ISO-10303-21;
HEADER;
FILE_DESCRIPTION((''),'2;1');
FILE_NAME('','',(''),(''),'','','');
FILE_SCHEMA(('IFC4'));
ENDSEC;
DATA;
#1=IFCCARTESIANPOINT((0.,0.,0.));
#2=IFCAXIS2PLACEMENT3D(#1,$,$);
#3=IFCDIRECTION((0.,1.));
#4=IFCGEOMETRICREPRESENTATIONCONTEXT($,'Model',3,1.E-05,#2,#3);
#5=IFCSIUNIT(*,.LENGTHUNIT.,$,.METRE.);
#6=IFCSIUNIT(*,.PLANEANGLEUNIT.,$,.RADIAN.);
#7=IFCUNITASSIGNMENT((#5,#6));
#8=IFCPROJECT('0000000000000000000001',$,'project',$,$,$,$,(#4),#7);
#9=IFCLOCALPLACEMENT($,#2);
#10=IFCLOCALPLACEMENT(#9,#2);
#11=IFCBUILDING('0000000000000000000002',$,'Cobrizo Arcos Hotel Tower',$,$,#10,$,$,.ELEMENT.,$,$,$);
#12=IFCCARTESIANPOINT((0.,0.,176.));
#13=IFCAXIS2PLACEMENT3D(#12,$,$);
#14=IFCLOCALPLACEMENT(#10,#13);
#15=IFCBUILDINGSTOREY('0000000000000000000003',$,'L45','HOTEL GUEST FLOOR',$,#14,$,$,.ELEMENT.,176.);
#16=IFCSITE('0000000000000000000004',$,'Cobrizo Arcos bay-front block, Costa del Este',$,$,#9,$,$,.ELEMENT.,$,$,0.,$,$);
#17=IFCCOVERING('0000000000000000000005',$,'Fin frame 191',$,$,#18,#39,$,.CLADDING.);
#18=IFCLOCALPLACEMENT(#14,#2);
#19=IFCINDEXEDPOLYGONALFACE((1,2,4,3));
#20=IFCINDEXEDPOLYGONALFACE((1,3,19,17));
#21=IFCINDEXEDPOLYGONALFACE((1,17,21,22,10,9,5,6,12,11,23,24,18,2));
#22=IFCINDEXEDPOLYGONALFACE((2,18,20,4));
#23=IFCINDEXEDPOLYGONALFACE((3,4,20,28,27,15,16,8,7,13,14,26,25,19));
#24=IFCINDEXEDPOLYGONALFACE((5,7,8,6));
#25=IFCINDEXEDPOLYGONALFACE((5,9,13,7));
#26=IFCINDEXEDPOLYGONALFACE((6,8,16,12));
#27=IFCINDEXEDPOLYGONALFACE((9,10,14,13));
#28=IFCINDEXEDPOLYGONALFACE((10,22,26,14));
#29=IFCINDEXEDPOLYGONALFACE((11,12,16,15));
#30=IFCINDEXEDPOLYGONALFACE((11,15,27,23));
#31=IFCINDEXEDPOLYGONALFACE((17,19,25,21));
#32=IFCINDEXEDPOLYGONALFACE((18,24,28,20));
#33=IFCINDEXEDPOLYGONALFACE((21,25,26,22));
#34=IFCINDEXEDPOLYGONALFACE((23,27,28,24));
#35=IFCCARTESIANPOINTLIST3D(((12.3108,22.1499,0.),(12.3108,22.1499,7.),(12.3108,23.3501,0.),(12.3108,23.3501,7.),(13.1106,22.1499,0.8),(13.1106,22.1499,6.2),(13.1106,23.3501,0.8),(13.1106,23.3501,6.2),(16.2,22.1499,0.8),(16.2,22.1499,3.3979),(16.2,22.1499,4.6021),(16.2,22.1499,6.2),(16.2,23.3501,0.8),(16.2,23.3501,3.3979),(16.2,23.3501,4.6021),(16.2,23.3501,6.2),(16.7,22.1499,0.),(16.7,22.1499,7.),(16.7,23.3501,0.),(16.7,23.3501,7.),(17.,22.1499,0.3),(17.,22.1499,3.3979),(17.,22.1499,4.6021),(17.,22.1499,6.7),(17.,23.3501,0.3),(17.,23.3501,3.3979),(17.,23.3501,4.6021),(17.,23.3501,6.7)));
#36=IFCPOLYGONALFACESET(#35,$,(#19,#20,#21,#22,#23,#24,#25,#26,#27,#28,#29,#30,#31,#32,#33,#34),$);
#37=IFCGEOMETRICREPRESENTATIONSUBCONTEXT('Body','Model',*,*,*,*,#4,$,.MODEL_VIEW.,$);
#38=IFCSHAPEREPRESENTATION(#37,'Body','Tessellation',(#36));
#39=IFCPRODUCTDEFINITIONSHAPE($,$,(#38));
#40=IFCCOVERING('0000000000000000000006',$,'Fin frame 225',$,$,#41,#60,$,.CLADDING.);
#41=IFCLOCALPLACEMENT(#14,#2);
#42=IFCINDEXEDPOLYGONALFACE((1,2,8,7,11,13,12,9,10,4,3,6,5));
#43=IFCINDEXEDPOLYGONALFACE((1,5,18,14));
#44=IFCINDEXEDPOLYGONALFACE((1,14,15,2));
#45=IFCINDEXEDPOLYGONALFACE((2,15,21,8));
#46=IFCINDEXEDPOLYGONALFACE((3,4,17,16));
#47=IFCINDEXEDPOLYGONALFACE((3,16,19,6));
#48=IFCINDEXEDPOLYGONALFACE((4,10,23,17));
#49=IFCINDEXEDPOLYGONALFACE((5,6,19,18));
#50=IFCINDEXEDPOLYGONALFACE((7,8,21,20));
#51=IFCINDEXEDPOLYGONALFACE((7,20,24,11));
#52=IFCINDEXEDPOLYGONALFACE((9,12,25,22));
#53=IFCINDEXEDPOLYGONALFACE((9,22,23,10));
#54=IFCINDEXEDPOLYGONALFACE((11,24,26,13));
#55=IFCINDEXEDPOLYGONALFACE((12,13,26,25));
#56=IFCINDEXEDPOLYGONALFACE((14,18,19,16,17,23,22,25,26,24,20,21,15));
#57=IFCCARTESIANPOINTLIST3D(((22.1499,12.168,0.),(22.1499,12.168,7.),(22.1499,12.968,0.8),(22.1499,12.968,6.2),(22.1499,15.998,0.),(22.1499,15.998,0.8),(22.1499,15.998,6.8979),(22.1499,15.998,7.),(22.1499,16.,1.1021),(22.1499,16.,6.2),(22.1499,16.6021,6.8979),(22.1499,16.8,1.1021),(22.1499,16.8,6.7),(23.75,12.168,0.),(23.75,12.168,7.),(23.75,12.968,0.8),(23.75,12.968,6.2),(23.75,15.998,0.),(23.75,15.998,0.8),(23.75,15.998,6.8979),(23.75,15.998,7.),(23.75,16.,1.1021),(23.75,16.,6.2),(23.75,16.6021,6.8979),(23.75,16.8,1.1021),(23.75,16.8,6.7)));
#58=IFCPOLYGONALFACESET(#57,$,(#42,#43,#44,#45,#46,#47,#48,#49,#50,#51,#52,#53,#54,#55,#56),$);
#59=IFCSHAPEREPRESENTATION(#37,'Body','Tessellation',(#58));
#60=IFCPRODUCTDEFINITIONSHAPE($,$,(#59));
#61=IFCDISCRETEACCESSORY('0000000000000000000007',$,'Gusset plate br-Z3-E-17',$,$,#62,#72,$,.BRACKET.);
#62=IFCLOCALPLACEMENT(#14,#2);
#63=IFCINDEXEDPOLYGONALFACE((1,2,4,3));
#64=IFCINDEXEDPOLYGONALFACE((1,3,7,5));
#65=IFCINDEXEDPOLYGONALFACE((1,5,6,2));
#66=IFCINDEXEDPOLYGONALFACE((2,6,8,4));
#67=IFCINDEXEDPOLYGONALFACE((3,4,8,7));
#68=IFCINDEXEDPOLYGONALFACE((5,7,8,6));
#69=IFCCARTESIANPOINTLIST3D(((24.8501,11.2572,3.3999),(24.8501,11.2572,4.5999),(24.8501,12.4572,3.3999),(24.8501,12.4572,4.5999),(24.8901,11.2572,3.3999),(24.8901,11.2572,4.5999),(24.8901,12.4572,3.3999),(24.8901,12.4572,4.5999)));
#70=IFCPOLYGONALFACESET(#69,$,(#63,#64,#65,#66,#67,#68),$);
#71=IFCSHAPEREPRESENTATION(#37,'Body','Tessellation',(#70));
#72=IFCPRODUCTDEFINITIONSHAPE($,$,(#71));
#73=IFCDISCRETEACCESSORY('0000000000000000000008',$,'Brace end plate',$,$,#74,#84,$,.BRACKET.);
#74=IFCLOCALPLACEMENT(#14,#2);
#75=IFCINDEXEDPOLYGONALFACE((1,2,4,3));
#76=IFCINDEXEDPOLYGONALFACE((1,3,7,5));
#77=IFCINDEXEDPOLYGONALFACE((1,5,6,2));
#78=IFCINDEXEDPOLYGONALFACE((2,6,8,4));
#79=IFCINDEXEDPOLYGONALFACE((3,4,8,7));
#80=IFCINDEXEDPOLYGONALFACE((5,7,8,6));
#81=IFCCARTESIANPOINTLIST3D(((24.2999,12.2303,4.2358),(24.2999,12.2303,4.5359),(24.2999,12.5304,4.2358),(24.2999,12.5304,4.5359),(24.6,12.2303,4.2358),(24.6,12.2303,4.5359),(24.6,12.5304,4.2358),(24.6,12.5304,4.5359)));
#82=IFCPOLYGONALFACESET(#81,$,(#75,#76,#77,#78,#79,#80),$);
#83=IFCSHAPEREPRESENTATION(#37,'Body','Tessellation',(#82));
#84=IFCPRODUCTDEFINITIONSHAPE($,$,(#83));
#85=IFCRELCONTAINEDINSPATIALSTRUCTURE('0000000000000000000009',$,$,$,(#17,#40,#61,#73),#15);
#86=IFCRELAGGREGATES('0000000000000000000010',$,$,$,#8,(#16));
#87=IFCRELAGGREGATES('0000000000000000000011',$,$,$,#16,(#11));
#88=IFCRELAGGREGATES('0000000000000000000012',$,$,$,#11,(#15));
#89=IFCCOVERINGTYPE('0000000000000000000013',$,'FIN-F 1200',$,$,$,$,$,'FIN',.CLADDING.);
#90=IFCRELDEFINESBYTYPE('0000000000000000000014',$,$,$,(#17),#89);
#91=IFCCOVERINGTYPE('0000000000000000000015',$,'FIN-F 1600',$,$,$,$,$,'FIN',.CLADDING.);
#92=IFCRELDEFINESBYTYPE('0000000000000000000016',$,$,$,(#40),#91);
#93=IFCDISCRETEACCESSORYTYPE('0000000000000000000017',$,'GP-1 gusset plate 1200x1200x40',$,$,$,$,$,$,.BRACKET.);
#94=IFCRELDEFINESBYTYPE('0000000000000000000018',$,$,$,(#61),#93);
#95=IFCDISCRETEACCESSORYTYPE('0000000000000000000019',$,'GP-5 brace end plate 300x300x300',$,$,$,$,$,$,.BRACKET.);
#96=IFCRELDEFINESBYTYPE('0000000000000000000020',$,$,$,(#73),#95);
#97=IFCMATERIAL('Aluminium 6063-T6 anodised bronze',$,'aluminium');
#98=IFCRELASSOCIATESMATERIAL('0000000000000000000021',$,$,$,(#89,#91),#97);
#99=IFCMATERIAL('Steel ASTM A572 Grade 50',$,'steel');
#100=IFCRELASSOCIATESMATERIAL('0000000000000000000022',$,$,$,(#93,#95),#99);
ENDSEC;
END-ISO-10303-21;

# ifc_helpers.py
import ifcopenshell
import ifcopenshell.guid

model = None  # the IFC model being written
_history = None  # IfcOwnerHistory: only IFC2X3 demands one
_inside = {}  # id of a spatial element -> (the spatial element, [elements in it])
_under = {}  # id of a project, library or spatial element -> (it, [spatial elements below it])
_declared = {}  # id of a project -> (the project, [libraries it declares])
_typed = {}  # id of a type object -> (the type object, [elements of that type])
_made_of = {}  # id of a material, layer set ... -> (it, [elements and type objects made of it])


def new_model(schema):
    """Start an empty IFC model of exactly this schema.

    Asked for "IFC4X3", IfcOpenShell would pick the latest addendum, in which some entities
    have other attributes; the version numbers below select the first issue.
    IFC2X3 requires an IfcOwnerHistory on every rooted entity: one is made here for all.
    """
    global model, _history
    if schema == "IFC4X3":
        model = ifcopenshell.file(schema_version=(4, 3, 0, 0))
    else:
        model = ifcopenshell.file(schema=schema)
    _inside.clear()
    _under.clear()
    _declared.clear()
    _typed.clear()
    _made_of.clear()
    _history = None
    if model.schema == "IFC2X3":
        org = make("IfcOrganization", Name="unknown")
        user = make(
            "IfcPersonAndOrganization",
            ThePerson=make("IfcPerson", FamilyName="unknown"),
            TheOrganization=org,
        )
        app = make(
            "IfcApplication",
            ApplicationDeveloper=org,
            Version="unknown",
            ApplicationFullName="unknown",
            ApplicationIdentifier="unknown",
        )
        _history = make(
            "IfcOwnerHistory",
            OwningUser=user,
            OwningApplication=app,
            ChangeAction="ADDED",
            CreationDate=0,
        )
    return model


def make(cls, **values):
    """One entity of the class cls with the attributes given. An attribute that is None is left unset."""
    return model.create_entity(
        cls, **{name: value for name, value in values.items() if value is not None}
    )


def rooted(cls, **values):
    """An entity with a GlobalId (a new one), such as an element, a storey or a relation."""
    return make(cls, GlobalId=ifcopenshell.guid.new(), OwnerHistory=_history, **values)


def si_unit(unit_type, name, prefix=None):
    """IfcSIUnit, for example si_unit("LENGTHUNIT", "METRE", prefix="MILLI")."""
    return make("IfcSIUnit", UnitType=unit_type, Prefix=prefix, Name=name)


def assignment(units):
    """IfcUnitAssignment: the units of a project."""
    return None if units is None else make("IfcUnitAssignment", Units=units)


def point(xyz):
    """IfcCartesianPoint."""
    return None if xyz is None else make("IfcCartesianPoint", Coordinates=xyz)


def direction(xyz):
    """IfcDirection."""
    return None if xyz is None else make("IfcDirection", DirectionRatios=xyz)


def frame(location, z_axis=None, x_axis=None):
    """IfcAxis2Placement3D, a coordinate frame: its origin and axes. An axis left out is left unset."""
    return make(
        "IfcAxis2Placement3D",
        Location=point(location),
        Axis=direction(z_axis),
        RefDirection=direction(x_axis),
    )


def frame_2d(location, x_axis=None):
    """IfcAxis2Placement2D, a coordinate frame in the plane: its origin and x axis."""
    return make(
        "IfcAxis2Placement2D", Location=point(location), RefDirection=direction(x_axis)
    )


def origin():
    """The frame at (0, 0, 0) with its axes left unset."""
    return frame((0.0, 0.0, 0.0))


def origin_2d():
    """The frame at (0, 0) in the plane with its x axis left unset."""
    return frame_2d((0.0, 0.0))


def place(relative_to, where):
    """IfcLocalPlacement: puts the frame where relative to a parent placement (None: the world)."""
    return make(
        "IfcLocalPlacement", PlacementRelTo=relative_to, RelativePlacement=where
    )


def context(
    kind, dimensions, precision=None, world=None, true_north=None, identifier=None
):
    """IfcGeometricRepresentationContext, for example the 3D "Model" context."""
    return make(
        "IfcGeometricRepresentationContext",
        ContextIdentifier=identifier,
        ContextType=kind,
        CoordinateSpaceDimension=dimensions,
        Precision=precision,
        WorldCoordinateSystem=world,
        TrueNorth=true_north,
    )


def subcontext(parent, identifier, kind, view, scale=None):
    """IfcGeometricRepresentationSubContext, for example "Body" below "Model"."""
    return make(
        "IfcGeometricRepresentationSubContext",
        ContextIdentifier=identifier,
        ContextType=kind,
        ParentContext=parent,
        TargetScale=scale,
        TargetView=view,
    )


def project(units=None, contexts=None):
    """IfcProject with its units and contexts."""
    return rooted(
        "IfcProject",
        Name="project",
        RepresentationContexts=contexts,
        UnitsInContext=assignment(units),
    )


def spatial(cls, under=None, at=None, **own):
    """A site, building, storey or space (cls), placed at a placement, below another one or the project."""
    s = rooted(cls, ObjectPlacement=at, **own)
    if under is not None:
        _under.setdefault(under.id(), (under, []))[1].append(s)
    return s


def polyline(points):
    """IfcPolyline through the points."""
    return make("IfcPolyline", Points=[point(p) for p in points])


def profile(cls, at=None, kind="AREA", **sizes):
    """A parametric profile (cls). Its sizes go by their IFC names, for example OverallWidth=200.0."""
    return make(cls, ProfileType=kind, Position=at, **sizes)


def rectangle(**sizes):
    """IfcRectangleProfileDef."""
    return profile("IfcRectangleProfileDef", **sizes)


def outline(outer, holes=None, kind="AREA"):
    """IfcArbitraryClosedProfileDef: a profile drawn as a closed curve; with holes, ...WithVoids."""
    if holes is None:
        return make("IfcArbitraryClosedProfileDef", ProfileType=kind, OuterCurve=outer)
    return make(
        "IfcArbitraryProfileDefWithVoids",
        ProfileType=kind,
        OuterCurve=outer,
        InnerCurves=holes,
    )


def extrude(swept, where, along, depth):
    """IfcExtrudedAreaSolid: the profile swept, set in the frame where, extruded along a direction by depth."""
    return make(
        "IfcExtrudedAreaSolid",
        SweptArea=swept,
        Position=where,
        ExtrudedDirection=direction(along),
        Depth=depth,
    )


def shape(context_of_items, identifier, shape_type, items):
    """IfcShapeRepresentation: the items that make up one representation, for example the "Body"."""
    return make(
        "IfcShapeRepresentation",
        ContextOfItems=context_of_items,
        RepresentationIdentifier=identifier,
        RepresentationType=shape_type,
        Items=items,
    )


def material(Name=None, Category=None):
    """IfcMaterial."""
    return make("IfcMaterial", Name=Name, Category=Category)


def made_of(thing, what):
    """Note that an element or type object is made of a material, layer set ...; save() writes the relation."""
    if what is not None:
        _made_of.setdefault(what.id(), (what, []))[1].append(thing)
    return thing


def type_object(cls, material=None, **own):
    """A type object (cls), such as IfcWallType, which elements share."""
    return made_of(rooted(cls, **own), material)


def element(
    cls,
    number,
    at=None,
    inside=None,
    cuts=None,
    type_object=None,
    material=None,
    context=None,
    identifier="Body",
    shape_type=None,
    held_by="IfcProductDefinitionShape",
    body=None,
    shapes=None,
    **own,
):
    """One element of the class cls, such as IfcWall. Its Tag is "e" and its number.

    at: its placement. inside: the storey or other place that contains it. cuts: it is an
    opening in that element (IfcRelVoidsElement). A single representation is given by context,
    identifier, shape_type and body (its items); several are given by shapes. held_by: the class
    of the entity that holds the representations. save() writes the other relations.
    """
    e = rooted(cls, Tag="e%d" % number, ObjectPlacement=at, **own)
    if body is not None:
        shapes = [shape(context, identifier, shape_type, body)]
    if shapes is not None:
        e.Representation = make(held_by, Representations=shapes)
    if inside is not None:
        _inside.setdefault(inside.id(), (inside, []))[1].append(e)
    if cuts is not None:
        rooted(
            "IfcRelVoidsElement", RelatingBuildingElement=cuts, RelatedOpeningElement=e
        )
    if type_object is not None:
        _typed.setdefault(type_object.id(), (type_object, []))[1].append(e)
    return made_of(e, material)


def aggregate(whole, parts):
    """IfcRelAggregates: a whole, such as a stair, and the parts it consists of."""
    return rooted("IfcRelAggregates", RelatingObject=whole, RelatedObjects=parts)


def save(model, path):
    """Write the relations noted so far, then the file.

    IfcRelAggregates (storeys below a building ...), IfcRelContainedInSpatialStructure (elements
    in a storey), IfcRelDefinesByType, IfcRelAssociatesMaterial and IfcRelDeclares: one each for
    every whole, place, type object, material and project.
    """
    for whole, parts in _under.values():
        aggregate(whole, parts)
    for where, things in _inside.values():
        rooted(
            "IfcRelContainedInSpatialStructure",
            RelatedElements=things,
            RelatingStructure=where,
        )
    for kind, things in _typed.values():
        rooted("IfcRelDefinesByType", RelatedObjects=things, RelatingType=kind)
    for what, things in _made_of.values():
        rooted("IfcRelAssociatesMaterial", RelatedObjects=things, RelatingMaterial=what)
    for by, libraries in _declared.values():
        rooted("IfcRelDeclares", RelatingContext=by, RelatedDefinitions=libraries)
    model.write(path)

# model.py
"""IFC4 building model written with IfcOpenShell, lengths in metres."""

from ifc_helpers import new_model, si_unit, direction, frame, origin, origin_2d, place, context, subcontext, project, spatial, polyline, rectangle, outline, extrude, material, type_object, element, save


model = new_model("IFC4")

# Units and contexts
model_context = context("Model", 3, precision=1e-05, world=origin(), true_north=direction((0.0, 1.0)))
body_context = subcontext(model_context, "Body", "Model", "MODEL_VIEW")
ifc_project = project(units=[si_unit("LENGTHUNIT", "METRE"), si_unit("PLANEANGLEUNIT", "RADIAN")], contexts=[model_context])

# Site, building, storey
site_placement = place(None, origin())
site = spatial("IfcSite", under=ifc_project, at=site_placement, Name="Cobrizo Arcos bay-front block, Costa del Este", CompositionType="ELEMENT", RefElevation=0.0)
building_placement = place(site_placement, origin())
building = spatial("IfcBuilding", under=site, at=building_placement, Name="Cobrizo Arcos Hotel Tower", CompositionType="ELEMENT")
storey_placement = place(building_placement, frame((0.0, 0.0, 176.0)))
storey = spatial("IfcBuildingStorey", under=building, at=storey_placement, Name="L45", Description="HOTEL GUEST FLOOR", CompositionType="ELEMENT", Elevation=176.0)

# Shared definitions
ifc_material_1 = material(Name="Steel ASTM A572 Grade 50", Category="steel")

# Shared definitions
ifc_material_2 = material(Name="Aluminium 6063-T6 anodised bronze", Category="aluminium")

# Coverings
covering_type_1 = type_object("IfcCoveringType", Name="FIN-F 1200", ElementType="FIN", PredefinedType="CLADDING", material=ifc_material_2)
covering_1_placement = place(storey_placement, frame((17.0, 22.1499, 0.0), z_axis=(0.0, 1.0, 0.0), x_axis=(-1.0, 0.0, 0.0)))
element("IfcCovering", 1, at=covering_1_placement, inside=storey, type_object=covering_type_1, Name="Fin frame 191", PredefinedType="CLADDING", context=body_context, shape_type="SweptSolid", body=[
    extrude(outline(polyline([(0.0, 6.7), (0.0, 4.6021), (0.8, 4.6021), (0.8, 6.2), (3.8894, 6.2), (3.8894, 0.8), (0.8, 0.8), (0.8, 3.3979), (0.0, 3.3979), (0.0, 0.3), (0.3, 0.0), (4.6892, 0.0), (4.6892, 7.0), (0.3, 7.0), (0.0, 6.7)])), origin(), (0.0, 0.0, 1.0), 1.2002),
])
covering_type_2 = type_object("IfcCoveringType", Name="FIN-F 1600", ElementType="FIN", PredefinedType="CLADDING", material=ifc_material_2)
covering_2_placement = place(storey_placement, frame((22.1499, 12.168, 0.0), z_axis=(1.0, 0.0, 0.0), x_axis=(0.0, 1.0, 0.0)))
element("IfcCovering", 2, at=covering_2_placement, inside=storey, type_object=covering_type_2, Name="Fin frame 225", PredefinedType="CLADDING", context=body_context, shape_type="SweptSolid", body=[
    extrude(outline(polyline([(0.0, 0.0), (3.8301, 0.0), (3.8301, 0.8), (0.8, 0.8), (0.8, 6.2), (3.832, 6.2), (3.832, 1.1021), (4.6321, 1.1021), (4.6321, 6.7), (4.4341, 6.8979), (3.8301, 6.8979), (3.8301, 7.0), (0.0, 7.0), (0.0, 0.0)])), origin(), (0.0, 0.0, 1.0), 1.6001),
])

# Discrete accessories
discrete_accessory_type_1 = type_object("IfcDiscreteAccessoryType", Name="GP-1 gusset plate 1200x1200x40", PredefinedType="BRACKET", material=ifc_material_1)
discrete_accessory_1_placement = place(storey_placement, frame((24.8701, 11.8572, 3.3999), z_axis=(0.0, 0.0, 1.0), x_axis=(1.0, 0.0, 0.0)))
element("IfcDiscreteAccessory", 3, at=discrete_accessory_1_placement, inside=storey, type_object=discrete_accessory_type_1, Name="Gusset plate br-Z3-E-17", PredefinedType="BRACKET", context=body_context, shape_type="SweptSolid", body=[
    extrude(rectangle(XDim=0.04, YDim=1.2, at=origin_2d()), origin(), (0.0, 0.0, 1.0), 1.2),
])
discrete_accessory_type_2 = type_object("IfcDiscreteAccessoryType", Name="GP-5 brace end plate 300x300x300", PredefinedType="BRACKET", material=ifc_material_1)
discrete_accessory_2_placement = place(storey_placement, frame((24.45, 12.3804, 4.2358), z_axis=(0.0, 0.0, 1.0), x_axis=(1.0, 0.0, 0.0)))
element("IfcDiscreteAccessory", 4, at=discrete_accessory_2_placement, inside=storey, type_object=discrete_accessory_type_2, Name="Brace end plate", PredefinedType="BRACKET", context=body_context, shape_type="SweptSolid", body=[
    extrude(rectangle(XDim=0.3, YDim=0.3, at=origin_2d()), origin(), (0.0, 0.0, 1.0), 0.3),
])

save(model, "model.ifc")
